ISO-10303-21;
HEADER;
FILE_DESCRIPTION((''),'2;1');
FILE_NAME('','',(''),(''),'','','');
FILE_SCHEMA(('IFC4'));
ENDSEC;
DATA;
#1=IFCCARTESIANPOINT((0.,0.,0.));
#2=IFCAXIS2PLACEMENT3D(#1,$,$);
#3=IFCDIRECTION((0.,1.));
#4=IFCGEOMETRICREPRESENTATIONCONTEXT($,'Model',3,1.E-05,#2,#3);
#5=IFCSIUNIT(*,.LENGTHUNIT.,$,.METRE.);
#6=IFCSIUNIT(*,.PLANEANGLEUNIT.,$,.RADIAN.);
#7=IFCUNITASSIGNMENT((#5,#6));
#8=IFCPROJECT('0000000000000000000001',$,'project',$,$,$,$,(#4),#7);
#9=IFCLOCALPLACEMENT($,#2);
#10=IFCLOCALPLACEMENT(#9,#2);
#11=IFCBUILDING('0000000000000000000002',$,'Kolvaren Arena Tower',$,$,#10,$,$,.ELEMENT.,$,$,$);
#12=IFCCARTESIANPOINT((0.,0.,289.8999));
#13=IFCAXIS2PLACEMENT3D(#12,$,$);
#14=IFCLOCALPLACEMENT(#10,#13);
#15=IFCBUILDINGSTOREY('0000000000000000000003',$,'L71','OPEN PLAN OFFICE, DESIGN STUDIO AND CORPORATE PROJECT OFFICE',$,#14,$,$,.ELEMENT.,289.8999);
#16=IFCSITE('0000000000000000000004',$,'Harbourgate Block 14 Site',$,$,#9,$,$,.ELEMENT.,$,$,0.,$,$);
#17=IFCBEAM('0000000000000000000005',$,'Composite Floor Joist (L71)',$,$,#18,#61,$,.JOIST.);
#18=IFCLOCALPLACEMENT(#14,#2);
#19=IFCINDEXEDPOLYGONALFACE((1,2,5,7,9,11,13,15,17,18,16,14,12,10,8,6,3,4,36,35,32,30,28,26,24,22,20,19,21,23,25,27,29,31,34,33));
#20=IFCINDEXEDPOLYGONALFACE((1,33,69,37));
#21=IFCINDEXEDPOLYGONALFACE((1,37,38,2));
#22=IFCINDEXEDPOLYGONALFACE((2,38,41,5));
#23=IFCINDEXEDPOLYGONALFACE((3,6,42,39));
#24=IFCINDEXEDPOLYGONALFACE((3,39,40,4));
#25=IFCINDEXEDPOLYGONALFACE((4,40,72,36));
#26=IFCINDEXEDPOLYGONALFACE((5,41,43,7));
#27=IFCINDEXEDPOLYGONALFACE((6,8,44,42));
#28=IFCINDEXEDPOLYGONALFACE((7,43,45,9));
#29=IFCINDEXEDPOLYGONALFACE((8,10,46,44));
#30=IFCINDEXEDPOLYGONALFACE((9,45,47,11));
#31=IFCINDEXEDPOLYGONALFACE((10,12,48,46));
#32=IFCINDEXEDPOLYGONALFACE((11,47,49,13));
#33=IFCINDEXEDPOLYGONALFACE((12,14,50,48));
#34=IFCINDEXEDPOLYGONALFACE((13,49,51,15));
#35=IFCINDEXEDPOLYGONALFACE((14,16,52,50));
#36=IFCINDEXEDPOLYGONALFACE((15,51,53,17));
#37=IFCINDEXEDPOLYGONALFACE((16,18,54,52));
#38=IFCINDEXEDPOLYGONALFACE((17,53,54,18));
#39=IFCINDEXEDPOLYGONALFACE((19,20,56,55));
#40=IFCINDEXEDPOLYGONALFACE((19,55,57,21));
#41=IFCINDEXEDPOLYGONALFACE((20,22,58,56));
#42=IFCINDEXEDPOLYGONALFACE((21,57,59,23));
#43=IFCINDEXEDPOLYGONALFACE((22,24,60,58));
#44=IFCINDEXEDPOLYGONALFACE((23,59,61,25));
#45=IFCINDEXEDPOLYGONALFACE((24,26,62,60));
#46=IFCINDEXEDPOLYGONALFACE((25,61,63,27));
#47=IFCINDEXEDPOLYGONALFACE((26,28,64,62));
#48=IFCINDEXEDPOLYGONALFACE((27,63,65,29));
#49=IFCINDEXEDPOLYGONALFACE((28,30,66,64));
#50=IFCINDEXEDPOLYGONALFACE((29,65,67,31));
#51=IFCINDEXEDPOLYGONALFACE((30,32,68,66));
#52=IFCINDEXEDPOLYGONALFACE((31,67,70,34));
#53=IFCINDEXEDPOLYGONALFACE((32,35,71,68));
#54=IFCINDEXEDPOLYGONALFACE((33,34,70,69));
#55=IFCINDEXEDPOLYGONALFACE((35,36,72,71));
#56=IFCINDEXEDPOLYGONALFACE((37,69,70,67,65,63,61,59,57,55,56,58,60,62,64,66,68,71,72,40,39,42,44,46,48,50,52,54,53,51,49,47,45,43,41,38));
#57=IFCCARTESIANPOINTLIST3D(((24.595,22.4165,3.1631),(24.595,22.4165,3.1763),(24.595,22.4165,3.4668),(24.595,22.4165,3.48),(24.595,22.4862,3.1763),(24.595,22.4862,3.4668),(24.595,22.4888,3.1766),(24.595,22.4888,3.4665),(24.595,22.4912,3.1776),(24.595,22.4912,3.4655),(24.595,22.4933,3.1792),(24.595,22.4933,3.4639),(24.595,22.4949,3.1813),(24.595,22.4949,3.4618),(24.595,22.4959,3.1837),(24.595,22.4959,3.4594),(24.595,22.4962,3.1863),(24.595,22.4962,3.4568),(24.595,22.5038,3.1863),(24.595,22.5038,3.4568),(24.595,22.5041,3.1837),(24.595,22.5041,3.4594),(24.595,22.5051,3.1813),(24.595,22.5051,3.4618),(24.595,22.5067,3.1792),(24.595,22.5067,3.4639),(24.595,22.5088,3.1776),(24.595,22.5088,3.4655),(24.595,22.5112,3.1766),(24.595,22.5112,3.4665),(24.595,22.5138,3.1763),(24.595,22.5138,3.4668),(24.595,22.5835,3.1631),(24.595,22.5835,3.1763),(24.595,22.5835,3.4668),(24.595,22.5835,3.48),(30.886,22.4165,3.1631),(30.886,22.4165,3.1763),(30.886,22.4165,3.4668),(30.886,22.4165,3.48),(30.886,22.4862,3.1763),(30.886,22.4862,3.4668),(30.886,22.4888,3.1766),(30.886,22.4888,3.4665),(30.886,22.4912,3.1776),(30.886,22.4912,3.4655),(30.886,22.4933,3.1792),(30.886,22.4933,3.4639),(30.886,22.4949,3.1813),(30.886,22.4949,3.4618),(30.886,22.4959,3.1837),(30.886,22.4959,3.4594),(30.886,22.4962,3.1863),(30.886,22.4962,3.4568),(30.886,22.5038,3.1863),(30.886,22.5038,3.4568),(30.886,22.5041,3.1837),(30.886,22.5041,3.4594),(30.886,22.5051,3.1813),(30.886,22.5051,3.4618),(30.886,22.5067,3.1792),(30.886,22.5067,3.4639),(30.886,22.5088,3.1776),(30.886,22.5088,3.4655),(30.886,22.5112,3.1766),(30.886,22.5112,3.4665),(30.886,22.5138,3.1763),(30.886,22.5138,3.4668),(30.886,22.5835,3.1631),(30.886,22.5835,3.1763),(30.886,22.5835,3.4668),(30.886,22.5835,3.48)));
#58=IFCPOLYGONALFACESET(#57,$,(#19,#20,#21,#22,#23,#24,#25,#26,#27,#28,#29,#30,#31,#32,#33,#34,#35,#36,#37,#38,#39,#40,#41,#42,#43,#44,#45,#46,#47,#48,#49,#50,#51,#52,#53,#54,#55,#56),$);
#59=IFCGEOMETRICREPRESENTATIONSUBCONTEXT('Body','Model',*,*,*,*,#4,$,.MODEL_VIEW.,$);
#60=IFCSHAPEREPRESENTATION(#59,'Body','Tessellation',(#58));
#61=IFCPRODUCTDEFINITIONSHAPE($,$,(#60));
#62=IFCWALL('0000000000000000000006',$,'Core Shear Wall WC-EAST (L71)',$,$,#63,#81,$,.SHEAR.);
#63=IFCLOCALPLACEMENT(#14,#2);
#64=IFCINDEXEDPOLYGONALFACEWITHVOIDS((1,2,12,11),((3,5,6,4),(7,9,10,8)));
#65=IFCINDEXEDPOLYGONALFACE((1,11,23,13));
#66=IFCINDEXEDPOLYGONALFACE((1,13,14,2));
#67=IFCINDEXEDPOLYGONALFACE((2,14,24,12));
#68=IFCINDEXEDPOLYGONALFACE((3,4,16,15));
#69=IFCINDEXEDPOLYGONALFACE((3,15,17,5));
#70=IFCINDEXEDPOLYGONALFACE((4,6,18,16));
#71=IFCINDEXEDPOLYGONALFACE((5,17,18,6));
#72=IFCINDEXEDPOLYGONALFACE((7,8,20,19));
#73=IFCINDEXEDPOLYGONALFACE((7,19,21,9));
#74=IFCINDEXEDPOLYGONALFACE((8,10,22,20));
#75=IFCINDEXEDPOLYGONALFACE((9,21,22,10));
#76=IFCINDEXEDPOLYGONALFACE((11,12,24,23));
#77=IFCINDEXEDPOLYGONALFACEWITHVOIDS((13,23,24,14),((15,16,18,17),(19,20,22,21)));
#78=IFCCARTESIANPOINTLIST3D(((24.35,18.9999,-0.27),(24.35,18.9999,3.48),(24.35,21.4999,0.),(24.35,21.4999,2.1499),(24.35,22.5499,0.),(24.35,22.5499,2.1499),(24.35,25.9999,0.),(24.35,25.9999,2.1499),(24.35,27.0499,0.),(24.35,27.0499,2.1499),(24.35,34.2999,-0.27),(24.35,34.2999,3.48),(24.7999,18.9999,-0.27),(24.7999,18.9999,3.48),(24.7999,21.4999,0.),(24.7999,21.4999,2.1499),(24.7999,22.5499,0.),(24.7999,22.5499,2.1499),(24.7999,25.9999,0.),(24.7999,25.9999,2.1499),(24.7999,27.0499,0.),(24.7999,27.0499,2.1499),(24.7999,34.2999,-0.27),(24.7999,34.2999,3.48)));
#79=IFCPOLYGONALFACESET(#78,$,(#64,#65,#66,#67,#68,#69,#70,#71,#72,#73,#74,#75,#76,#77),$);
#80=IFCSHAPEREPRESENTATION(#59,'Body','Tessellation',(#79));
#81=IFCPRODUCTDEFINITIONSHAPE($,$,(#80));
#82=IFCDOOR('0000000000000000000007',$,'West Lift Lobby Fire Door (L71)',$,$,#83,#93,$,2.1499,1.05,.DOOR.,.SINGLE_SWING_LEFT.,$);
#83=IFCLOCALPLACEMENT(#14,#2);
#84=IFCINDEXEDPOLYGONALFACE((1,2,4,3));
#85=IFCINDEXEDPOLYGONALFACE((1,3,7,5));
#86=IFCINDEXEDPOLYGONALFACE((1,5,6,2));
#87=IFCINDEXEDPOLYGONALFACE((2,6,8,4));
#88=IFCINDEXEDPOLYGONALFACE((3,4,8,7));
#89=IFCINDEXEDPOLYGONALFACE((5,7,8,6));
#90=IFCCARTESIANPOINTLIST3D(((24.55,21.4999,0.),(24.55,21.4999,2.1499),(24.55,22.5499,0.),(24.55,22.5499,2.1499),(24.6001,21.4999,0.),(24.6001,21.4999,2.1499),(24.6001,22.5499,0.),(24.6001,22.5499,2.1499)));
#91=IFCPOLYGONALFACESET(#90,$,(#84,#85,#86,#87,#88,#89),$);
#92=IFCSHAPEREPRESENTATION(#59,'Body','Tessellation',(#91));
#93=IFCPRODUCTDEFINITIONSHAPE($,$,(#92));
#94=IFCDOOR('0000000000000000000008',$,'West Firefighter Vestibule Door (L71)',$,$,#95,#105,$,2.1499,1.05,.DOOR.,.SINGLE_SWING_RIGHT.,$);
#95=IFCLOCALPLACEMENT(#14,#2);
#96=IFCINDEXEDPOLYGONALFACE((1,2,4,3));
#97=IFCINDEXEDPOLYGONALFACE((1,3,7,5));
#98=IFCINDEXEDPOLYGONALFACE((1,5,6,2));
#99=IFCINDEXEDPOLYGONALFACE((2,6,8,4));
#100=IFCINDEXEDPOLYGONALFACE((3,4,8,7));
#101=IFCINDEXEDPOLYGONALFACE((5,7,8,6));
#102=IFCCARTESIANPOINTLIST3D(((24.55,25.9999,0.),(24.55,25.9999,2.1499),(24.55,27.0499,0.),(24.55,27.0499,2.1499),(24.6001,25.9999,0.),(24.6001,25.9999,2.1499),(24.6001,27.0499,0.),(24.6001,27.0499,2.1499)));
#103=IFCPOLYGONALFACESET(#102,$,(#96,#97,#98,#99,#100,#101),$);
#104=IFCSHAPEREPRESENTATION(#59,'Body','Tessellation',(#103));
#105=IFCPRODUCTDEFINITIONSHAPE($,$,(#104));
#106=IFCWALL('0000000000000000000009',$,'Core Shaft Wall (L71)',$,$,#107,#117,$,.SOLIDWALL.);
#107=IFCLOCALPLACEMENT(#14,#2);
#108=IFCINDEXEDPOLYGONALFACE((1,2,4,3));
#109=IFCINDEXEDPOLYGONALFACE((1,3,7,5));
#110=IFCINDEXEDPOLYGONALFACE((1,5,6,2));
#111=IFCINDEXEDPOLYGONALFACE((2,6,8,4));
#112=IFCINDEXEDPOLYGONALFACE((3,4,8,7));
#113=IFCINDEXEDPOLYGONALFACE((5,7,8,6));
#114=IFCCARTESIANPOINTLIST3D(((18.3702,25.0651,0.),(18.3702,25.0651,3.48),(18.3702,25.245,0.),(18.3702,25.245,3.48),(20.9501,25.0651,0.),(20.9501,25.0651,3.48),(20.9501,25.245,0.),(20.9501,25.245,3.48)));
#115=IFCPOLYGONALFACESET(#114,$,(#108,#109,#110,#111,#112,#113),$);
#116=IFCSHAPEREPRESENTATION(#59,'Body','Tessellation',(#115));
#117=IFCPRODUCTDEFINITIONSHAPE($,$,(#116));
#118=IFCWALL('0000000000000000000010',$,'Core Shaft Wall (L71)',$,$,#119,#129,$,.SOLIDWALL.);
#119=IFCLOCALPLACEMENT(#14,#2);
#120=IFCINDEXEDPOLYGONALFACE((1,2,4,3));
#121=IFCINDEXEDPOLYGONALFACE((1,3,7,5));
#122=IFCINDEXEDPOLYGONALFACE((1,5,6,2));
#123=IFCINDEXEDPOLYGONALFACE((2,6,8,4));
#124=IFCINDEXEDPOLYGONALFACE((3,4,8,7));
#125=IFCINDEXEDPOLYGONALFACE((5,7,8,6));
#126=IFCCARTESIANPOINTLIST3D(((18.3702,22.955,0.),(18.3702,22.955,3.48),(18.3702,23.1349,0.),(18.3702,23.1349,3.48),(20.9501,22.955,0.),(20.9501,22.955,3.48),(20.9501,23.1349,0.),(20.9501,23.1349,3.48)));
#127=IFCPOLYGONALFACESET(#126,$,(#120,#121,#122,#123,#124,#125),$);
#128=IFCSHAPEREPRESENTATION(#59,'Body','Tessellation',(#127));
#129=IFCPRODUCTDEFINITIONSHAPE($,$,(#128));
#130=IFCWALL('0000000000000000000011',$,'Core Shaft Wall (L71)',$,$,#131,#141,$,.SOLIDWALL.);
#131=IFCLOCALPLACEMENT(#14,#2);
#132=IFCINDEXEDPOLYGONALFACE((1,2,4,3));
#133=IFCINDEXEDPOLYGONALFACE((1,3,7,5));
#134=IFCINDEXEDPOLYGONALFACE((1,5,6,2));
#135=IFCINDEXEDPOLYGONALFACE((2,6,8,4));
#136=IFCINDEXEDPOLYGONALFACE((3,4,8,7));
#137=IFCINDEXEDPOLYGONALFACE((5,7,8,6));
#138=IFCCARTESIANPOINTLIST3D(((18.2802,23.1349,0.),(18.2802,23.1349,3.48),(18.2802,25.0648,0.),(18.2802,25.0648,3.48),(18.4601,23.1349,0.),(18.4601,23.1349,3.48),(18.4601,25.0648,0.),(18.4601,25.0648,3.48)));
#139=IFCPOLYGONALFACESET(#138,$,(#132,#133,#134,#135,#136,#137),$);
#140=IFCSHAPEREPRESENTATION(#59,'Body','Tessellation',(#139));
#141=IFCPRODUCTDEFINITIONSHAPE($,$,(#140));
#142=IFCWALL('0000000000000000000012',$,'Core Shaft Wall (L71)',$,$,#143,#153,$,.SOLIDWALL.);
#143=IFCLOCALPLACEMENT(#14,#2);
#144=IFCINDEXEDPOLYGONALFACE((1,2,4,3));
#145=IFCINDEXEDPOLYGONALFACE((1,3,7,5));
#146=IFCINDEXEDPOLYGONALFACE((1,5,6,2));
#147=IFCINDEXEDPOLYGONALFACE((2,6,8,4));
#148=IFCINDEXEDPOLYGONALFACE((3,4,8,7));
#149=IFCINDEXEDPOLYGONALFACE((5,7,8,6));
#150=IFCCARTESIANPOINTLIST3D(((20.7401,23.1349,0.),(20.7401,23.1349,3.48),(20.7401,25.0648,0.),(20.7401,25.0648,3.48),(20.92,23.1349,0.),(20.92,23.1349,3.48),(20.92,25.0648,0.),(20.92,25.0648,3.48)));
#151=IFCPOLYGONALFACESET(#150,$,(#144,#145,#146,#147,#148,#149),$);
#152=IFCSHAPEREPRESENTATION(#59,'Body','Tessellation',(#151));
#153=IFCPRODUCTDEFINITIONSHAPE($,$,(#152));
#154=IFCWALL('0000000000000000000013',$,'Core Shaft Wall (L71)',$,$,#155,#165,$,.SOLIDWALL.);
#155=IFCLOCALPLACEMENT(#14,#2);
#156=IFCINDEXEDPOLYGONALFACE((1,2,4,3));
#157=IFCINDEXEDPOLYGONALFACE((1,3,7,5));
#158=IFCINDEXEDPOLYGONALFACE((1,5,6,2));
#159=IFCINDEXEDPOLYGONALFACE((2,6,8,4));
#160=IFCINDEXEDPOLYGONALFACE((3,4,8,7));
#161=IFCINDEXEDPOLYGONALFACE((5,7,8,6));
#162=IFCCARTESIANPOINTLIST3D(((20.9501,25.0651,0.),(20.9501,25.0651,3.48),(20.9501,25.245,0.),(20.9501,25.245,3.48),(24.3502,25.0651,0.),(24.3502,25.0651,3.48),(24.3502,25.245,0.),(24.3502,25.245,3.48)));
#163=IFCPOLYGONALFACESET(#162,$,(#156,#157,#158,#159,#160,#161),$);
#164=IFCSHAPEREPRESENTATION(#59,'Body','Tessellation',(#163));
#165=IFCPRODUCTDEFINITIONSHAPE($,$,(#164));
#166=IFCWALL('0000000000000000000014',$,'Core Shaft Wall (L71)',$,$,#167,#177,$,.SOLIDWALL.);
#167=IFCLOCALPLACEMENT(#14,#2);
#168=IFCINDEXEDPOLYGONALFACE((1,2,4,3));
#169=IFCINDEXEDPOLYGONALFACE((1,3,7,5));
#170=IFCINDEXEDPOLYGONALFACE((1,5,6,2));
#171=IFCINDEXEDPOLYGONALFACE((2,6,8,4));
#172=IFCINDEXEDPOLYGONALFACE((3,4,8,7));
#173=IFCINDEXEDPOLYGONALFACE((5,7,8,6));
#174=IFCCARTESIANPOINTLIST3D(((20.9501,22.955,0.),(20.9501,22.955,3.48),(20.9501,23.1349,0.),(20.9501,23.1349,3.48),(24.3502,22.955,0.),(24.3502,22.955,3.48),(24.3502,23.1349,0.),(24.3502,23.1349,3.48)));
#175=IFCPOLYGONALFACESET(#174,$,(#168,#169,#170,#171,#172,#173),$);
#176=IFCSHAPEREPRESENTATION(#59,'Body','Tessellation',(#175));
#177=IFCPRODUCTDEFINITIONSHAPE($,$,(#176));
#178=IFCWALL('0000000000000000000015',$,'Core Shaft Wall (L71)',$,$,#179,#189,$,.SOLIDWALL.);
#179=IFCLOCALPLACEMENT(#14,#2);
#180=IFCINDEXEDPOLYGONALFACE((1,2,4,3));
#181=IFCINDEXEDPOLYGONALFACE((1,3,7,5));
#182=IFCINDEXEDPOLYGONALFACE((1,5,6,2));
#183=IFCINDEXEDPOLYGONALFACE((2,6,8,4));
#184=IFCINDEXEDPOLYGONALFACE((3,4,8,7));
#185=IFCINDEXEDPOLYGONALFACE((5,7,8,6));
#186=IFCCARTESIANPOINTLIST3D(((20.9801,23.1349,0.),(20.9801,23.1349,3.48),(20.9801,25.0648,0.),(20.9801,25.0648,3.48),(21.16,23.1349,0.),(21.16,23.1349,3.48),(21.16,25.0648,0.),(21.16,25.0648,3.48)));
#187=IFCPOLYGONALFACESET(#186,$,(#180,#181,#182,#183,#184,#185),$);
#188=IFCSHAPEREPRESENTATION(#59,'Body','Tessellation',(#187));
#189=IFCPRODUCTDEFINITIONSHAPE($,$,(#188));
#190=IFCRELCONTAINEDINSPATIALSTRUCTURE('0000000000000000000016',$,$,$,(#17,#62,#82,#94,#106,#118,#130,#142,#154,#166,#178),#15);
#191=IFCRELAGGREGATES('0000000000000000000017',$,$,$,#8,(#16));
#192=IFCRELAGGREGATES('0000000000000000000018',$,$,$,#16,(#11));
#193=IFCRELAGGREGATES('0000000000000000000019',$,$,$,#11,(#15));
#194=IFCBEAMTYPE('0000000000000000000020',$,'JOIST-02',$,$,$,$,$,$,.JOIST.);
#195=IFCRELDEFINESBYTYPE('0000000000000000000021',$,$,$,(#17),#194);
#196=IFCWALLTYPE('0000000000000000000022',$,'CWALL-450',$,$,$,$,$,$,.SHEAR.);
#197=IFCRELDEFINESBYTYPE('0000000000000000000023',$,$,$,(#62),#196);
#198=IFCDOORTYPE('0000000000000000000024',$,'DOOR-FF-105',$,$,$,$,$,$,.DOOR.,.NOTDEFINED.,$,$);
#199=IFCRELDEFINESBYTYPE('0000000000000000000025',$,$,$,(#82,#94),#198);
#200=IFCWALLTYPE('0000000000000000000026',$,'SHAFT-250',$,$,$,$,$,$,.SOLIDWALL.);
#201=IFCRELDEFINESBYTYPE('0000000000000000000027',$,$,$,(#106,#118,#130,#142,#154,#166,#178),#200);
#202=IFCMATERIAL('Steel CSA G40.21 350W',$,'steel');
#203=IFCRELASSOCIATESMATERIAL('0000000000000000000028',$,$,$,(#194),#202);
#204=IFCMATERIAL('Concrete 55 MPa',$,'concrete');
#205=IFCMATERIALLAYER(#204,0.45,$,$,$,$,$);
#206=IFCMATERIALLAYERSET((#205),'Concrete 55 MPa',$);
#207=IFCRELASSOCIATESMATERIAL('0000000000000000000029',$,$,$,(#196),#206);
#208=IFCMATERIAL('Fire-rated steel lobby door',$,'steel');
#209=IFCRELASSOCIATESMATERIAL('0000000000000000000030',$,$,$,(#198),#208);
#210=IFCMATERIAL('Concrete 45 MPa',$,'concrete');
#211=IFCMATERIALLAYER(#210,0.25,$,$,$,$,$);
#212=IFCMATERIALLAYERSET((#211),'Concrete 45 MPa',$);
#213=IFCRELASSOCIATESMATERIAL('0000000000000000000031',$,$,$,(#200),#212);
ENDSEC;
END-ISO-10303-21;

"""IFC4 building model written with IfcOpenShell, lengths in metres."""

from ifc_helpers import new_model, si_unit, direction, frame, frame_2d, origin, origin_2d, place, context, subcontext, project, spatial, rectangle, i_section, extrude, material, layer, layer_set, material_profile, profile_set, type_object, element, fill, save


model = new_model("IFC4")

# Units and contexts
model_context = context("Model", 3, precision=1e-05, world=origin(), true_north=direction((0.0, 1.0)))
body_context = subcontext(model_context, "Body", "Model", "MODEL_VIEW")
ifc_project = project(units=[si_unit("LENGTHUNIT", "METRE"), si_unit("PLANEANGLEUNIT", "RADIAN")], contexts=[model_context])

# Site, building, storey
site_placement = place(None, origin())
site = spatial("IfcSite", under=ifc_project, at=site_placement, Name="Harbourgate Block 14 Site", CompositionType="ELEMENT", RefElevation=0.0)
building_placement = place(site_placement, origin())
building = spatial("IfcBuilding", under=site, at=building_placement, Name="Kolvaren Arena Tower", CompositionType="ELEMENT")
storey_placement = place(building_placement, frame((0.0, 0.0, 289.8999)))
storey = spatial("IfcBuildingStorey", under=building, at=storey_placement, Name="L71", Description="OPEN PLAN OFFICE, DESIGN STUDIO AND CORPORATE PROJECT OFFICE", CompositionType="ELEMENT", Elevation=289.8999)

# Beam
ifc_material_1 = material(Name="Steel CSA G40.21 350W", Category="steel")
ifc_material_profile_1 = material_profile(ifc_material_1, i_section(OverallWidth=0.167, OverallDepth=0.3169, WebThickness=0.0076, FlangeThickness=0.0132, FilletRadius=0.01, at=origin_2d()), Name="W310x52")
ifc_profile_set_1 = profile_set([ifc_material_profile_1], Name="Steel CSA G40.21 350W")
beam_type_1 = type_object("IfcBeamType", Name="JOIST-02", PredefinedType="JOIST", material=ifc_profile_set_1)
beam_1_placement = place(storey_placement, frame((24.595, 22.5, 3.3215), z_axis=(1.0, 0.0, 0.0), x_axis=(0.0, 1.0, 0.0)))
element("IfcBeam", 1, at=beam_1_placement, inside=storey, type_object=beam_type_1, Name="Composite Floor Joist (L71)", PredefinedType="JOIST", context=body_context, shape_type="SweptSolid", body=[
    extrude(i_section(OverallWidth=0.167, OverallDepth=0.3169, WebThickness=0.0076, FlangeThickness=0.0132, FilletRadius=0.01, at=origin_2d()), origin(), (0.0, 0.0, 1.0), 6.291),
])

# Wall, openings, doors
ifc_material_2 = material(Name="Concrete 55 MPa", Category="concrete")
ifc_layer_1 = layer(ifc_material_2, 0.45)
ifc_layer_set_1 = layer_set([ifc_layer_1], Name="Concrete 55 MPa")
wall_type_1 = type_object("IfcWallType", Name="CWALL-450", PredefinedType="SHEAR", material=ifc_layer_set_1)
wall_1_placement = place(storey_placement, frame((24.575, 19.0, -0.27), z_axis=(0.0, 0.0, 1.0), x_axis=(0.0, 1.0, 0.0)))
wall_1 = element("IfcWall", 2, at=wall_1_placement, inside=storey, type_object=wall_type_1, Name="Core Shear Wall WC-EAST (L71)", PredefinedType="SHEAR", context=body_context, shape_type="SweptSolid", body=[
    extrude(rectangle(XDim=15.3, YDim=0.45, at=frame_2d((7.6499, 0.0))), origin(), (0.0, 0.0, 1.0), 3.75),
])
opening_1_placement = place(wall_1_placement, frame((2.5, 0.0, 0.27)))
opening_1 = element("IfcOpeningElement", 3, at=opening_1_placement, cuts=wall_1, PredefinedType="OPENING", context=body_context, shape_type="SweptSolid", body=[
    extrude(rectangle(XDim=1.05, YDim=2.1499, at=frame_2d((0.5249, 1.075))), frame((0.0, 0.2349, 0.0), z_axis=(0.0, -1.0, 0.0), x_axis=(1.0, 0.0, 0.0)), (0.0, 0.0, 1.0), 0.47),
])
opening_2_placement = place(wall_1_placement, frame((7.0, 0.0, 0.27)))
opening_2 = element("IfcOpeningElement", 4, at=opening_2_placement, cuts=wall_1, PredefinedType="OPENING", context=body_context, shape_type="SweptSolid", body=[
    extrude(rectangle(XDim=1.05, YDim=2.1499, at=frame_2d((0.5249, 1.075))), frame((0.0, 0.2349, 0.0), z_axis=(0.0, -1.0, 0.0), x_axis=(1.0, 0.0, 0.0)), (0.0, 0.0, 1.0), 0.47),
])
ifc_material_3 = material(Name="Fire-rated steel lobby door", Category="steel")
door_type = type_object("IfcDoorType", Name="DOOR-FF-105", OperationType="NOTDEFINED", PredefinedType="DOOR", material=ifc_material_3)
door_1_placement = place(opening_1_placement, origin())
door_1 = element("IfcDoor", 5, at=door_1_placement, inside=storey, type_object=door_type, Name="West Lift Lobby Fire Door (L71)", OperationType="SINGLE_SWING_LEFT", OverallHeight=2.1499, OverallWidth=1.05, PredefinedType="DOOR", context=body_context, shape_type="SweptSolid", body=[
    extrude(rectangle(XDim=1.05, YDim=2.1499, at=frame_2d((0.5249, 1.075))), frame((0.0, 0.0249, 0.0), z_axis=(0.0, -1.0, 0.0), x_axis=(1.0, 0.0, 0.0)), (0.0, 0.0, 1.0), 0.05),
])
fill(opening_1, door_1)
door_2_placement = place(opening_2_placement, origin())
door_2 = element("IfcDoor", 6, at=door_2_placement, inside=storey, type_object=door_type, Name="West Firefighter Vestibule Door (L71)", OperationType="SINGLE_SWING_RIGHT", OverallHeight=2.1499, OverallWidth=1.05, PredefinedType="DOOR", context=body_context, shape_type="SweptSolid", body=[
    extrude(rectangle(XDim=1.05, YDim=2.1499, at=frame_2d((0.5249, 1.075))), frame((0.0, 0.0249, 0.0), z_axis=(0.0, -1.0, 0.0), x_axis=(1.0, 0.0, 0.0)), (0.0, 0.0, 1.0), 0.05),
])
fill(opening_2, door_2)

# Walls
ifc_material_4 = material(Name="Concrete 45 MPa", Category="concrete")
ifc_layer_2 = layer(ifc_material_4, 0.25)
ifc_layer_set_2 = layer_set([ifc_layer_2], Name="Concrete 45 MPa")
wall_type_2 = type_object("IfcWallType", Name="SHAFT-250", PredefinedType="SOLIDWALL", material=ifc_layer_set_2)
for number, where, z_axis, x_axis, name in (
    (7, (18.3701, 25.155, 0.0), (0.0, 0.0, 1.0), (1.0, 0.0, 0.0), "Core Shaft Wall (L71)"),
    (8, (18.3701, 23.0449, 0.0), (0.0, 0.0, 1.0), (1.0, 0.0, 0.0), "Core Shaft Wall (L71)"),
):
    element("IfcWall", number, at=place(storey_placement, frame(where, z_axis=z_axis, x_axis=x_axis)), inside=storey, type_object=wall_type_2, Name=name, PredefinedType="SOLIDWALL", context=body_context, shape_type="SweptSolid", body=[
        extrude(rectangle(XDim=2.5798, YDim=0.1799, at=frame_2d((1.29, 0.0))), origin(), (0.0, 0.0, 1.0), 3.48),
    ])
for number, where, z_axis, x_axis, name in (
    (9, (18.3701, 23.135, 0.0), (0.0, 0.0, 1.0), (0.0, 1.0, 0.0), "Core Shaft Wall (L71)"),
    (10, (20.8301, 23.135, 0.0), (0.0, 0.0, 1.0), (0.0, 1.0, 0.0), "Core Shaft Wall (L71)"),
):
    element("IfcWall", number, at=place(storey_placement, frame(where, z_axis=z_axis, x_axis=x_axis)), inside=storey, type_object=wall_type_2, Name=name, PredefinedType="SOLIDWALL", context=body_context, shape_type="SweptSolid", body=[
        extrude(rectangle(XDim=1.9299, YDim=0.1799, at=frame_2d((0.9648, 0.0))), origin(), (0.0, 0.0, 1.0), 3.48),
    ])
for number, where, z_axis, x_axis, name in (
    (11, (20.95, 25.155, 0.0), (0.0, 0.0, 1.0), (1.0, 0.0, 0.0), "Core Shaft Wall (L71)"),
    (12, (20.95, 23.0449, 0.0), (0.0, 0.0, 1.0), (1.0, 0.0, 0.0), "Core Shaft Wall (L71)"),
):
    element("IfcWall", number, at=place(storey_placement, frame(where, z_axis=z_axis, x_axis=x_axis)), inside=storey, type_object=wall_type_2, Name=name, PredefinedType="SOLIDWALL", context=body_context, shape_type="SweptSolid", body=[
        extrude(rectangle(XDim=3.4001, YDim=0.1799, at=frame_2d((1.7002, 0.0))), origin(), (0.0, 0.0, 1.0), 3.48),
    ])
for number, where, z_axis, x_axis, name in (
    (13, (21.0701, 23.135, 0.0), (0.0, 0.0, 1.0), (0.0, 1.0, 0.0), "Core Shaft Wall (L71)"),
):
    element("IfcWall", number, at=place(storey_placement, frame(where, z_axis=z_axis, x_axis=x_axis)), inside=storey, type_object=wall_type_2, Name=name, PredefinedType="SOLIDWALL", context=body_context, shape_type="SweptSolid", body=[
        extrude(rectangle(XDim=1.9299, YDim=0.1799, at=frame_2d((0.9648, 0.0))), origin(), (0.0, 0.0, 1.0), 3.48),
    ])

save(model, "model.ifc")
